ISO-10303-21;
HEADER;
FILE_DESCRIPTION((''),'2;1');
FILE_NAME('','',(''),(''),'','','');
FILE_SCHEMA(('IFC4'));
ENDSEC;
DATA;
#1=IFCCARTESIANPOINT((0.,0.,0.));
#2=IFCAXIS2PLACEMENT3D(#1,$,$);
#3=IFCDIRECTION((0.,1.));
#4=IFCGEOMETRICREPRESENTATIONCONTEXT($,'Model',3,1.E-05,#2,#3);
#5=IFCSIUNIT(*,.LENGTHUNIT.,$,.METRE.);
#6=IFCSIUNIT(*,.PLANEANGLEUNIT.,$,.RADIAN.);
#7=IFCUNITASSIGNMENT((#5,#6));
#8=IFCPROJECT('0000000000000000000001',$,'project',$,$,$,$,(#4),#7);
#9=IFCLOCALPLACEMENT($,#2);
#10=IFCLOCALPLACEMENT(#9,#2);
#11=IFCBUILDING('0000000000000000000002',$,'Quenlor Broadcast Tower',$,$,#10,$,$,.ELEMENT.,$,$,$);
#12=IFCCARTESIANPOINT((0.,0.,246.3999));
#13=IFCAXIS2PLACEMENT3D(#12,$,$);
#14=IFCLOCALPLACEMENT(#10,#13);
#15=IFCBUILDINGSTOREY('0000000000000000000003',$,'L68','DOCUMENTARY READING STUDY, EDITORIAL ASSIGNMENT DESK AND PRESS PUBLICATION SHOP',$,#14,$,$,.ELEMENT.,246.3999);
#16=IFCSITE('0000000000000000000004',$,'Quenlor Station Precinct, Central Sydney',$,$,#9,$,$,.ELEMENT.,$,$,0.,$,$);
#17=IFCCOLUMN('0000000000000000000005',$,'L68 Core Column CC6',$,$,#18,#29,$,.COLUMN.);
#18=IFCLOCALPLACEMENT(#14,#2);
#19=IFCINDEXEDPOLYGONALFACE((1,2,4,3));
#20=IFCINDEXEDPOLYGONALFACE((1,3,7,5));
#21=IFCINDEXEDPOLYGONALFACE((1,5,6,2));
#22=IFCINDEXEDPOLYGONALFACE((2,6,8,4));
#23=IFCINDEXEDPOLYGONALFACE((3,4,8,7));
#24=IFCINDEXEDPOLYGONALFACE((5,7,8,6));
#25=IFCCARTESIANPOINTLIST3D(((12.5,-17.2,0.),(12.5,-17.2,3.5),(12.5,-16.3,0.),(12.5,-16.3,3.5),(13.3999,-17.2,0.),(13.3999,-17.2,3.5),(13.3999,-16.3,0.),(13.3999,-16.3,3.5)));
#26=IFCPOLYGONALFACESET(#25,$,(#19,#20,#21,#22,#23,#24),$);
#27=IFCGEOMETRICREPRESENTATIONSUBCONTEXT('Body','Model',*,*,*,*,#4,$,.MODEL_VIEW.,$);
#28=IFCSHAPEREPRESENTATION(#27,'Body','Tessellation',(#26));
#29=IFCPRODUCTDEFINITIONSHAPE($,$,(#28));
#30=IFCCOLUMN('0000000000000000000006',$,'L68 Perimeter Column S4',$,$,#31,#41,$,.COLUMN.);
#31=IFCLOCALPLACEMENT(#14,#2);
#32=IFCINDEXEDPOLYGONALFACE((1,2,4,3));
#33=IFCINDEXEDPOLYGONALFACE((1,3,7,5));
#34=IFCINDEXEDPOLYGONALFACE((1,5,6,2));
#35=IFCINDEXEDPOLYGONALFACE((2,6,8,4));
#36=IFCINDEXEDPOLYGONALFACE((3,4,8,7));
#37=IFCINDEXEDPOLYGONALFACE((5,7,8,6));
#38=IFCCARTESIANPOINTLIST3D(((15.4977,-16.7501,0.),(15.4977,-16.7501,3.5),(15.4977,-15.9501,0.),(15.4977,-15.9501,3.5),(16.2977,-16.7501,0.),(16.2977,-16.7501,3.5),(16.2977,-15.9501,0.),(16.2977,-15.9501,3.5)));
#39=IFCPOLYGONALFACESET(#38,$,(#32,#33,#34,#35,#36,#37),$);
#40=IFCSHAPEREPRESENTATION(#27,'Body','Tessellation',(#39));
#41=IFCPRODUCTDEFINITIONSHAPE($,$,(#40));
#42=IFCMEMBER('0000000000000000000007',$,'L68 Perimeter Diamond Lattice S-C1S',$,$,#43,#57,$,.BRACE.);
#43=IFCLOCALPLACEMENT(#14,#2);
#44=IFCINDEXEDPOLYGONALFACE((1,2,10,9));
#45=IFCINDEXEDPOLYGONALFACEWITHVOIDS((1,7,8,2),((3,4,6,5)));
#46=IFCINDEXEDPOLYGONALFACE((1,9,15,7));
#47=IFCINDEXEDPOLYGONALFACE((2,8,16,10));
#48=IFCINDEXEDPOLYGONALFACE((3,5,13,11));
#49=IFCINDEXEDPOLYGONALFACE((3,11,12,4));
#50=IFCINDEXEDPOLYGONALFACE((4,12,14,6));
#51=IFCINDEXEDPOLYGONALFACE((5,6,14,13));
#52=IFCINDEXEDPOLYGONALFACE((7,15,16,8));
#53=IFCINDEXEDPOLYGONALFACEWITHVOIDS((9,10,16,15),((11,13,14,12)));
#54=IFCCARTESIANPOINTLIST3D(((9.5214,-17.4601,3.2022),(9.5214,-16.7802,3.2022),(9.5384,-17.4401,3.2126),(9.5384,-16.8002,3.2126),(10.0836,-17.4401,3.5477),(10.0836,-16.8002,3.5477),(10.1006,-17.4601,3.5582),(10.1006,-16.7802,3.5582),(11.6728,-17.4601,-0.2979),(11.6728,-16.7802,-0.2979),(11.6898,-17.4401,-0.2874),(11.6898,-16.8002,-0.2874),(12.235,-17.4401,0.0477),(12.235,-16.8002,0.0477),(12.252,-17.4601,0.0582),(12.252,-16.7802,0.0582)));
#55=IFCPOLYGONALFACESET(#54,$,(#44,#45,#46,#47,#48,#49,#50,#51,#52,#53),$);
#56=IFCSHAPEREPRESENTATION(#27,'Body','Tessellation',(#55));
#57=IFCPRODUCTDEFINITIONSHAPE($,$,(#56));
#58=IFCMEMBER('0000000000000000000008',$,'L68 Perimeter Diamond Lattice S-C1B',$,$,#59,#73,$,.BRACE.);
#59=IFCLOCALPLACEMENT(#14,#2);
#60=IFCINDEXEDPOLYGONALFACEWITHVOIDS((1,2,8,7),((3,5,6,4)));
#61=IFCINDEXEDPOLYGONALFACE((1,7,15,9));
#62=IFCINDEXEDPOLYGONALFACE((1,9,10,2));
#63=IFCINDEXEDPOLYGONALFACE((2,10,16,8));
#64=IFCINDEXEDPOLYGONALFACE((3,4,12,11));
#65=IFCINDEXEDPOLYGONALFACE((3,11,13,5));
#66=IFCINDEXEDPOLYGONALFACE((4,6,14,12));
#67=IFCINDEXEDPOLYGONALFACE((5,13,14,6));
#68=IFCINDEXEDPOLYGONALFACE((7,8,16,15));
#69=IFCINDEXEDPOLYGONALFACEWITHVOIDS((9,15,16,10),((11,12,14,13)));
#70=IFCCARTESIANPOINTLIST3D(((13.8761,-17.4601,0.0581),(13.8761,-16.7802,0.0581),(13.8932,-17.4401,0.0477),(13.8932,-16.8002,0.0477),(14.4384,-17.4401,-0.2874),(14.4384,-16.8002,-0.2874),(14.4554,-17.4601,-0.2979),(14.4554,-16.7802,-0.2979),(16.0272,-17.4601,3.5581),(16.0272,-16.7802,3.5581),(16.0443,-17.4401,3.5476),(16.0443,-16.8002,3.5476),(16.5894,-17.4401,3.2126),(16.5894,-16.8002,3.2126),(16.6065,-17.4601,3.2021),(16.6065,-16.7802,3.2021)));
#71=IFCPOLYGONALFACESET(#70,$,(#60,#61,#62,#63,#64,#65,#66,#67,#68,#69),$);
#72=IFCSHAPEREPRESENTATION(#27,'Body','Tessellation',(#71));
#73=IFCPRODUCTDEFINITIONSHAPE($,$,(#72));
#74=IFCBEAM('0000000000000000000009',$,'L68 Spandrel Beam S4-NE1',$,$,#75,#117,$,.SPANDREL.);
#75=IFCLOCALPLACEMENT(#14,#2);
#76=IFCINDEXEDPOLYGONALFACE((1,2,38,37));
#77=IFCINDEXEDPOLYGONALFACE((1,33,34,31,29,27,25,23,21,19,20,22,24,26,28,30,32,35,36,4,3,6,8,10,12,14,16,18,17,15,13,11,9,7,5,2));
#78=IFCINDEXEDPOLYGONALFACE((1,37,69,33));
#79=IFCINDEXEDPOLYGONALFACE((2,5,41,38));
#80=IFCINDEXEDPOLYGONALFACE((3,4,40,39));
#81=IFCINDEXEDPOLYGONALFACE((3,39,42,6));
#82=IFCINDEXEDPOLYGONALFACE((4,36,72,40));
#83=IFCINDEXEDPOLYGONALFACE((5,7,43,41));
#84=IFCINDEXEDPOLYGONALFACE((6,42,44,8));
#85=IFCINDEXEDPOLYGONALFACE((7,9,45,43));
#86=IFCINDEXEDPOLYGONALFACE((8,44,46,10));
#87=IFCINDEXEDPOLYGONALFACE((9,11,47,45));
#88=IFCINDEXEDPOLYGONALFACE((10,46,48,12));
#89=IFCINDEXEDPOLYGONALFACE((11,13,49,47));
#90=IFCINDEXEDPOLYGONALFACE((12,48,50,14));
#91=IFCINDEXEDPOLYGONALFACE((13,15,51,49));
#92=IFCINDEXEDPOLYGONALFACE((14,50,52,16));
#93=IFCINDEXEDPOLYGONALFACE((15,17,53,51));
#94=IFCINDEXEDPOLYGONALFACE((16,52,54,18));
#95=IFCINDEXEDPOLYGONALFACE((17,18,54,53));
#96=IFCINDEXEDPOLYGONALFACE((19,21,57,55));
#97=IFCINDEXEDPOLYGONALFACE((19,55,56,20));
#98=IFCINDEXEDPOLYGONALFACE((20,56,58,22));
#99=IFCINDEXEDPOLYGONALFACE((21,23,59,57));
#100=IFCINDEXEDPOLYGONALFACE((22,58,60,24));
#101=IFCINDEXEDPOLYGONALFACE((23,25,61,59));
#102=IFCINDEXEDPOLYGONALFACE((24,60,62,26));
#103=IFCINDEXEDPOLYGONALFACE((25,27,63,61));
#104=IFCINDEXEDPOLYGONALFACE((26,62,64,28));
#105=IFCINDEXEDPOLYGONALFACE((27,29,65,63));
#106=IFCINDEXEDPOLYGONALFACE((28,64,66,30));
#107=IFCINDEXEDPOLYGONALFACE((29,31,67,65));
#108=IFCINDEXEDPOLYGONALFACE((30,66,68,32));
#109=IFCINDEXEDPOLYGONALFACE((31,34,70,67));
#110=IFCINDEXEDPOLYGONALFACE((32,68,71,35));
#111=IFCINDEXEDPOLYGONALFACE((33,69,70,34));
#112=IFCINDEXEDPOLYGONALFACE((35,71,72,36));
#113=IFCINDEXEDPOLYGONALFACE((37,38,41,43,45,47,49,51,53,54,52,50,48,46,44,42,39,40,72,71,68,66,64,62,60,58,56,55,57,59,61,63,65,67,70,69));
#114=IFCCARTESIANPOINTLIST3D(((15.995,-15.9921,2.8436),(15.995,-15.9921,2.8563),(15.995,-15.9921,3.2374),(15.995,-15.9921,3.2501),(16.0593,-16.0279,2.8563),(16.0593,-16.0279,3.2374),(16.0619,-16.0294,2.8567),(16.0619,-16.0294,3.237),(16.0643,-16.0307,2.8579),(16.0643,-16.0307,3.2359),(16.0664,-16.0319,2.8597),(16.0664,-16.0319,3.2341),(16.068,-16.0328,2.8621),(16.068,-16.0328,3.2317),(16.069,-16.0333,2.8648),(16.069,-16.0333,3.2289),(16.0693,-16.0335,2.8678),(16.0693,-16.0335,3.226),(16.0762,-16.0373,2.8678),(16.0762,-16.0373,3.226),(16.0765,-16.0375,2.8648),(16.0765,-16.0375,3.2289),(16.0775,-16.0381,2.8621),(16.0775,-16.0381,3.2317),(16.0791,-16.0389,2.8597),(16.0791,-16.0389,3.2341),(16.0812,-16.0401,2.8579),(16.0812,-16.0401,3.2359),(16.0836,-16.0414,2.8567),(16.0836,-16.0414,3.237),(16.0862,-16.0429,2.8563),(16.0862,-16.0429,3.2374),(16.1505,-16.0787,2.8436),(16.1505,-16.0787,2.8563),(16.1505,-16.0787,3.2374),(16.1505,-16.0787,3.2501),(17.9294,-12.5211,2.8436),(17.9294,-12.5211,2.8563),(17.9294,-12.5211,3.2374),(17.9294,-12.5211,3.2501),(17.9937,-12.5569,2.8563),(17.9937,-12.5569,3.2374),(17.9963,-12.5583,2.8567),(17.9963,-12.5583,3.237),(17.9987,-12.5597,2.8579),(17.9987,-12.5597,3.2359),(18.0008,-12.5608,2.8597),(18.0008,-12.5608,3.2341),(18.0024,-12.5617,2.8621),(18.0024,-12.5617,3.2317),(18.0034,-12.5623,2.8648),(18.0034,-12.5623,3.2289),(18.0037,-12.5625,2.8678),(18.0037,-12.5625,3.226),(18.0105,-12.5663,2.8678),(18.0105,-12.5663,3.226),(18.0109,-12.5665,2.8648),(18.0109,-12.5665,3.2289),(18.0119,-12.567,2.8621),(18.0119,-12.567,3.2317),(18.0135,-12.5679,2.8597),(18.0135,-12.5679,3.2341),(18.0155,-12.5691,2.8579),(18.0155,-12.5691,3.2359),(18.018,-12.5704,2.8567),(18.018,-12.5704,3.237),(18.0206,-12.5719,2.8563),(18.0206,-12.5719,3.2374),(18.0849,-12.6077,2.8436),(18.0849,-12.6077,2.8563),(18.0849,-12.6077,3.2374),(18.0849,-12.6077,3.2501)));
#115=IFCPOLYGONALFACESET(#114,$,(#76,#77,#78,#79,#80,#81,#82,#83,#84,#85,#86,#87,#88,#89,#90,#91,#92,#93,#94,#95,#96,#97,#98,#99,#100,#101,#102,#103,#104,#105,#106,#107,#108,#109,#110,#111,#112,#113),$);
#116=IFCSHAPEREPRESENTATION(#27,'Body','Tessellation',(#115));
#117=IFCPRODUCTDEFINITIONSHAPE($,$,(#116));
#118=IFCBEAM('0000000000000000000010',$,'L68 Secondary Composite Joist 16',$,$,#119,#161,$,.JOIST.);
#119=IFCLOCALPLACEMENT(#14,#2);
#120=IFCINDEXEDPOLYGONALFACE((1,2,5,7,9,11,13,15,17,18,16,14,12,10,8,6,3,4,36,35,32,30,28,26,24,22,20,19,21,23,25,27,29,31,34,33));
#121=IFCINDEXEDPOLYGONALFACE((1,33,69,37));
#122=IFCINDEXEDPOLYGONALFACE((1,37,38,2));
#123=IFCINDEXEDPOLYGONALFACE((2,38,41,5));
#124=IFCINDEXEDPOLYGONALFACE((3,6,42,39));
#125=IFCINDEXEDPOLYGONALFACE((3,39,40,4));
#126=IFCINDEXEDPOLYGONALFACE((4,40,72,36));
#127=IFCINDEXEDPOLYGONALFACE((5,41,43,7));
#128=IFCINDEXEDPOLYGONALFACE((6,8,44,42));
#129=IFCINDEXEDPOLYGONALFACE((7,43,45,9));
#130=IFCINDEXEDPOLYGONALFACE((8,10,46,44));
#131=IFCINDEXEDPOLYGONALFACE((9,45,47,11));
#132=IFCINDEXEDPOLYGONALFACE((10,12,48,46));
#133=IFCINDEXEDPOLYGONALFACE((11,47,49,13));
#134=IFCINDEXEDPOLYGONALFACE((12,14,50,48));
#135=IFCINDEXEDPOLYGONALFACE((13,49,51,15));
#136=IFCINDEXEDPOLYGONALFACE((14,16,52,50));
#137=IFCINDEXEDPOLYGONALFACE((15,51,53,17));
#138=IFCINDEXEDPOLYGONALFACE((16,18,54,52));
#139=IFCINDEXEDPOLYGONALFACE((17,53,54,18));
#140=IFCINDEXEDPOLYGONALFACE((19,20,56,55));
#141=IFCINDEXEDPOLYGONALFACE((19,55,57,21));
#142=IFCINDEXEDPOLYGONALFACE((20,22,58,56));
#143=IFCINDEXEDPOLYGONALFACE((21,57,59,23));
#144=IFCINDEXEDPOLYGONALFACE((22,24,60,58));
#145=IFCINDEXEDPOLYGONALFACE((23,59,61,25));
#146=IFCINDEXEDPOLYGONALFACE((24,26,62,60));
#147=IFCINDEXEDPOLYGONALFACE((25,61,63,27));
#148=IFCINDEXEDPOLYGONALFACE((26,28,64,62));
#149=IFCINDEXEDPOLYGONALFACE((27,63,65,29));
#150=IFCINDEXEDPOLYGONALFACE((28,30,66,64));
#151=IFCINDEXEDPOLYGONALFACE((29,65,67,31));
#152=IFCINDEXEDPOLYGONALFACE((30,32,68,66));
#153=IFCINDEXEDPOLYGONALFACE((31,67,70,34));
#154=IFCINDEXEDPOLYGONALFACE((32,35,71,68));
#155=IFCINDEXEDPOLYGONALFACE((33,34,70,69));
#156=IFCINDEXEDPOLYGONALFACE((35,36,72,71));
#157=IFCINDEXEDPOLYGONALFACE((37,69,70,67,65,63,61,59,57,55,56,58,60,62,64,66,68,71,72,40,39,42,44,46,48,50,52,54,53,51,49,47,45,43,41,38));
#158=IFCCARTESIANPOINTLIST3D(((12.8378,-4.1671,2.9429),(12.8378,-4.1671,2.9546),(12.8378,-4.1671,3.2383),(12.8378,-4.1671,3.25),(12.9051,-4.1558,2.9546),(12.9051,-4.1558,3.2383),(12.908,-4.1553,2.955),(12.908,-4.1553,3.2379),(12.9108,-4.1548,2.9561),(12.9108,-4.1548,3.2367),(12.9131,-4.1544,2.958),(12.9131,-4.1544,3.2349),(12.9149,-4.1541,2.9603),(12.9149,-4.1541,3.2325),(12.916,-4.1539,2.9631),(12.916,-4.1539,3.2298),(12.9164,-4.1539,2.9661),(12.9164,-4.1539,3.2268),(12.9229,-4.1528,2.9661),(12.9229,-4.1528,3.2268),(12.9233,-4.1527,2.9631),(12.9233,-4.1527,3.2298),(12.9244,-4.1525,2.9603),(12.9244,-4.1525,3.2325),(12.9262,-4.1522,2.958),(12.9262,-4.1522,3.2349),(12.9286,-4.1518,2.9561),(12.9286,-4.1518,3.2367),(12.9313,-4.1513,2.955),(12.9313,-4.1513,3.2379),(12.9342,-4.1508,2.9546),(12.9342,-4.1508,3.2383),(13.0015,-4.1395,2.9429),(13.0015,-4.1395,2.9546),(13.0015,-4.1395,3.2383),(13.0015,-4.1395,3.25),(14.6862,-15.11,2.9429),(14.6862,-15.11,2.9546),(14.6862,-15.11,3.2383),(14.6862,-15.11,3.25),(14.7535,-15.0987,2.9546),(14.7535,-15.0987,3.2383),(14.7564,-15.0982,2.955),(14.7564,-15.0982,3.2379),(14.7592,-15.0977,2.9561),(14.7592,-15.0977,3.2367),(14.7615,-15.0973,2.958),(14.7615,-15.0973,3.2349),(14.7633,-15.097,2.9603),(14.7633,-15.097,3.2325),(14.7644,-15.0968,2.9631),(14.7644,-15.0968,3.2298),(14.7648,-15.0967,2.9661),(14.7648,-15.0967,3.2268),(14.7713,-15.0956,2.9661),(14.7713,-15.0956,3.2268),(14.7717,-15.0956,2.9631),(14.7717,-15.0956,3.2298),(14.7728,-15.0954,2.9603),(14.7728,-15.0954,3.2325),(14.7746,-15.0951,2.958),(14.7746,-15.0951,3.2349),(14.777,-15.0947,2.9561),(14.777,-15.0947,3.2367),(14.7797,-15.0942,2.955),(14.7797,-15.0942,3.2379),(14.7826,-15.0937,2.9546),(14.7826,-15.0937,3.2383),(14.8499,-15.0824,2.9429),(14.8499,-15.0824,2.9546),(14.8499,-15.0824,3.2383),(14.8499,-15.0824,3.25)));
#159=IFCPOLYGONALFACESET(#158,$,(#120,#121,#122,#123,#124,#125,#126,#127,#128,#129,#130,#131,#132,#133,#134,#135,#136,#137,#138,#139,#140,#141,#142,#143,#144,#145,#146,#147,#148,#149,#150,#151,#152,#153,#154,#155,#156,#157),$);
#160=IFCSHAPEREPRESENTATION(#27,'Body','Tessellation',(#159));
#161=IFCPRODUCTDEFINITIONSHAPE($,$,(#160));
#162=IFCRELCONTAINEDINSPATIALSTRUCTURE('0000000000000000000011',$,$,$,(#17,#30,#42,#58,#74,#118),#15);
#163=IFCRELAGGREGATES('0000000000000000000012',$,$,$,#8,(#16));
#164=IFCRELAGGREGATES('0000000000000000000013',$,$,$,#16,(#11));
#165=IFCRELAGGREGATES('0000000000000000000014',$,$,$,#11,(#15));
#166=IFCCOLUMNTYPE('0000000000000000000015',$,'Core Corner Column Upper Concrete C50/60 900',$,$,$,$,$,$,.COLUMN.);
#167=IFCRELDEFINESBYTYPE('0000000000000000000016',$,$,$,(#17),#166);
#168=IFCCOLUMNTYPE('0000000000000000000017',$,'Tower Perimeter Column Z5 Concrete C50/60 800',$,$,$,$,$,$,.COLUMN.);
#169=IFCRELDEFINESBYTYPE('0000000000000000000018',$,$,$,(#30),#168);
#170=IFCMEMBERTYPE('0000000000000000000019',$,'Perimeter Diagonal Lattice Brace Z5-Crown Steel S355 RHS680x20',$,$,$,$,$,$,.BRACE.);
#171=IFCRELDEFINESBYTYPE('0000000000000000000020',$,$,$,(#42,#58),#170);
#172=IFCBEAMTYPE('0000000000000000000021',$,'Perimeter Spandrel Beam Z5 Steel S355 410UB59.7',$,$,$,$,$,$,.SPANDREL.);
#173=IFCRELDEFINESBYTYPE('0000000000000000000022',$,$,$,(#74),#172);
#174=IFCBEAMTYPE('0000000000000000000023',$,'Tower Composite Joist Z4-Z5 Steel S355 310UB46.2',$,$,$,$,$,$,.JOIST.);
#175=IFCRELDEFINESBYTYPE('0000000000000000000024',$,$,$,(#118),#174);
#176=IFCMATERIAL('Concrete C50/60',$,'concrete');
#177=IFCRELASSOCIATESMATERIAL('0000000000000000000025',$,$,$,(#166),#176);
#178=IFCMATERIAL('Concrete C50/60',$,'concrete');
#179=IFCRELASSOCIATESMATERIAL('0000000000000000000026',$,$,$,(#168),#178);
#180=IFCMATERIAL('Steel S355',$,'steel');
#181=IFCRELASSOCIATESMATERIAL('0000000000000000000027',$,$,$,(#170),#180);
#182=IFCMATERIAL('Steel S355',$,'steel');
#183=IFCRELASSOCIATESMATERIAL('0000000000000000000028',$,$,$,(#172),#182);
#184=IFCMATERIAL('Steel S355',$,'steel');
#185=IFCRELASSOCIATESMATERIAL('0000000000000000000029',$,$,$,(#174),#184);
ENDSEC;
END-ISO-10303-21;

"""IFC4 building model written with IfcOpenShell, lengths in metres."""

from ifc_helpers import new_model, si_unit, direction, frame, origin, origin_2d, place, context, subcontext, project, spatial, rectangle, hollow_rectangle, i_section, extrude, material, material_profile, profile_set, type_object, element, save


model = new_model("IFC4")

# Units and contexts
model_context = context("Model", 3, precision=1e-05, world=origin(), true_north=direction((0.0, 1.0)))
body_context = subcontext(model_context, "Body", "Model", "MODEL_VIEW")
ifc_project = project(units=[si_unit("LENGTHUNIT", "METRE"), si_unit("PLANEANGLEUNIT", "RADIAN")], contexts=[model_context])

# Site, building, storey
site_placement = place(None, origin())
site = spatial("IfcSite", under=ifc_project, at=site_placement, Name="Quenlor Station Precinct, Central Sydney", CompositionType="ELEMENT", RefElevation=0.0)
building_placement = place(site_placement, origin())
building = spatial("IfcBuilding", under=site, at=building_placement, Name="Quenlor Broadcast Tower", CompositionType="ELEMENT")
storey_placement = place(building_placement, frame((0.0, 0.0, 246.3999)))
storey = spatial("IfcBuildingStorey", under=building, at=storey_placement, Name="L68", Description="DOCUMENTARY READING STUDY, EDITORIAL ASSIGNMENT DESK AND PRESS PUBLICATION SHOP", CompositionType="ELEMENT", Elevation=246.3999)

# Columns
ifc_material_1 = material(Name="Concrete C50/60", Category="concrete")
ifc_material_profile_1 = material_profile(ifc_material_1, rectangle(XDim=0.8999, YDim=0.8999, at=origin_2d()))
ifc_profile_set_1 = profile_set([ifc_material_profile_1], Name="Concrete C50/60 RC900x900")
column_type_1 = type_object("IfcColumnType", Name="Core Corner Column Upper Concrete C50/60 900", PredefinedType="COLUMN", material=ifc_profile_set_1)
column_1_placement = place(storey_placement, frame((12.95, -16.75, 0.0), z_axis=(0.0, 0.0, 1.0), x_axis=(1.0, 0.0, 0.0)))
element("IfcColumn", 1, at=column_1_placement, inside=storey, type_object=column_type_1, Name="L68 Core Column CC6", PredefinedType="COLUMN", context=body_context, shape_type="SweptSolid", body=[
    extrude(rectangle(XDim=0.8999, YDim=0.8999, at=origin_2d()), origin(), (0.0, 0.0, 1.0), 3.5),
])
ifc_material_2 = material(Name="Concrete C50/60", Category="concrete")
ifc_material_profile_2 = material_profile(ifc_material_2, rectangle(XDim=0.8, YDim=0.8, at=origin_2d()))
ifc_profile_set_2 = profile_set([ifc_material_profile_2], Name="Concrete C50/60 RC800x800")
column_type_2 = type_object("IfcColumnType", Name="Tower Perimeter Column Z5 Concrete C50/60 800", PredefinedType="COLUMN", material=ifc_profile_set_2)
column_2_placement = place(storey_placement, frame((15.8977, -16.3501, 0.0), z_axis=(0.0, 0.0, 1.0), x_axis=(0.0, 1.0, 0.0)))
element("IfcColumn", 2, at=column_2_placement, inside=storey, type_object=column_type_2, Name="L68 Perimeter Column S4", PredefinedType="COLUMN", context=body_context, shape_type="SweptSolid", body=[
    extrude(rectangle(XDim=0.8, YDim=0.8, at=origin_2d()), origin(), (0.0, 0.0, 1.0), 3.5),
])

# Members
ifc_material_3 = material(Name="Steel S355", Category="steel")
ifc_material_profile_3 = material_profile(ifc_material_3, hollow_rectangle(XDim=0.6799, YDim=0.6799, WallThickness=0.02, at=origin_2d()))
ifc_profile_set_3 = profile_set([ifc_material_profile_3], Name="Steel S355 RHS680x680x20")
member_type = type_object("IfcMemberType", Name="Perimeter Diagonal Lattice Brace Z5-Crown Steel S355 RHS680x20", PredefinedType="BRACE", material=ifc_profile_set_3)
member_1_placement = place(storey_placement, frame((11.9624, -17.1201, -0.1199), z_axis=(-0.52366, 0.0, 0.851928), x_axis=(0.0, -1.0, 0.0)))
element("IfcMember", 3, at=member_1_placement, inside=storey, type_object=member_type, Name="L68 Perimeter Diamond Lattice S-C1S", PredefinedType="BRACE", context=body_context, shape_type="SweptSolid", body=[
    extrude(hollow_rectangle(XDim=0.6799, YDim=0.6799, WallThickness=0.02, at=origin_2d()), origin(), (0.0, 0.0, 1.0), 4.1084),
])
member_2_placement = place(storey_placement, frame((14.1658, -17.1201, -0.1199), z_axis=(0.523617, 0.0, 0.851954), x_axis=(0.0, 1.0, 0.0)))
element("IfcMember", 4, at=member_2_placement, inside=storey, type_object=member_type, Name="L68 Perimeter Diamond Lattice S-C1B", PredefinedType="BRACE", context=body_context, shape_type="SweptSolid", body=[
    extrude(hollow_rectangle(XDim=0.6799, YDim=0.6799, WallThickness=0.02, at=origin_2d()), origin(), (0.0, 0.0, 1.0), 4.1082),
])

# Beams
ifc_material_4 = material(Name="Steel S355", Category="steel")
ifc_material_profile_4 = material_profile(ifc_material_4, i_section(OverallWidth=0.178, OverallDepth=0.4065, WebThickness=0.0078, FlangeThickness=0.0127, FilletRadius=0.0115, at=origin_2d()))
ifc_profile_set_4 = profile_set([ifc_material_profile_4], Name="Steel S355 410UB59.7")
beam_type_1 = type_object("IfcBeamType", Name="Perimeter Spandrel Beam Z5 Steel S355 410UB59.7", PredefinedType="SPANDREL", material=ifc_profile_set_4)
beam_1_placement = place(storey_placement, frame((16.0728, -16.0354, 3.0469), z_axis=(0.486801, 0.873513, 0.0), x_axis=(-0.873513, 0.486801, 0.0)))
element("IfcBeam", 5, at=beam_1_placement, inside=storey, type_object=beam_type_1, Name="L68 Spandrel Beam S4-NE1", PredefinedType="SPANDREL", context=body_context, shape_type="SweptSolid", body=[
    extrude(i_section(OverallWidth=0.178, OverallDepth=0.4065, WebThickness=0.0078, FlangeThickness=0.0127, FilletRadius=0.0115, at=origin_2d()), origin(), (0.0, 0.0, 1.0), 3.9736),
])
ifc_material_5 = material(Name="Steel S355", Category="steel")
ifc_material_profile_5 = material_profile(ifc_material_5, i_section(OverallWidth=0.166, OverallDepth=0.3071, WebThickness=0.0066, FlangeThickness=0.0117, FilletRadius=0.0115, at=origin_2d()))
ifc_profile_set_5 = profile_set([ifc_material_profile_5], Name="Steel S355 310UB46.2")
beam_type_2 = type_object("IfcBeamType", Name="Tower Composite Joist Z4-Z5 Steel S355 310UB46.2", PredefinedType="JOIST", material=ifc_profile_set_5)
beam_2_placement = place(storey_placement, frame((14.7681, -15.0962, 3.0964), z_axis=(-0.166553, 0.986032, 0.0), x_axis=(-0.986032, -0.166553, 0.0)))
element("IfcBeam", 6, at=beam_2_placement, inside=storey, type_object=beam_type_2, Name="L68 Secondary Composite Joist 16", PredefinedType="JOIST", context=body_context, shape_type="SweptSolid", body=[
    extrude(i_section(OverallWidth=0.166, OverallDepth=0.3071, WebThickness=0.0066, FlangeThickness=0.0117, FilletRadius=0.0115, at=origin_2d()), origin(), (0.0, 0.0, 1.0), 11.0979),
])

save(model, "model.ifc")
